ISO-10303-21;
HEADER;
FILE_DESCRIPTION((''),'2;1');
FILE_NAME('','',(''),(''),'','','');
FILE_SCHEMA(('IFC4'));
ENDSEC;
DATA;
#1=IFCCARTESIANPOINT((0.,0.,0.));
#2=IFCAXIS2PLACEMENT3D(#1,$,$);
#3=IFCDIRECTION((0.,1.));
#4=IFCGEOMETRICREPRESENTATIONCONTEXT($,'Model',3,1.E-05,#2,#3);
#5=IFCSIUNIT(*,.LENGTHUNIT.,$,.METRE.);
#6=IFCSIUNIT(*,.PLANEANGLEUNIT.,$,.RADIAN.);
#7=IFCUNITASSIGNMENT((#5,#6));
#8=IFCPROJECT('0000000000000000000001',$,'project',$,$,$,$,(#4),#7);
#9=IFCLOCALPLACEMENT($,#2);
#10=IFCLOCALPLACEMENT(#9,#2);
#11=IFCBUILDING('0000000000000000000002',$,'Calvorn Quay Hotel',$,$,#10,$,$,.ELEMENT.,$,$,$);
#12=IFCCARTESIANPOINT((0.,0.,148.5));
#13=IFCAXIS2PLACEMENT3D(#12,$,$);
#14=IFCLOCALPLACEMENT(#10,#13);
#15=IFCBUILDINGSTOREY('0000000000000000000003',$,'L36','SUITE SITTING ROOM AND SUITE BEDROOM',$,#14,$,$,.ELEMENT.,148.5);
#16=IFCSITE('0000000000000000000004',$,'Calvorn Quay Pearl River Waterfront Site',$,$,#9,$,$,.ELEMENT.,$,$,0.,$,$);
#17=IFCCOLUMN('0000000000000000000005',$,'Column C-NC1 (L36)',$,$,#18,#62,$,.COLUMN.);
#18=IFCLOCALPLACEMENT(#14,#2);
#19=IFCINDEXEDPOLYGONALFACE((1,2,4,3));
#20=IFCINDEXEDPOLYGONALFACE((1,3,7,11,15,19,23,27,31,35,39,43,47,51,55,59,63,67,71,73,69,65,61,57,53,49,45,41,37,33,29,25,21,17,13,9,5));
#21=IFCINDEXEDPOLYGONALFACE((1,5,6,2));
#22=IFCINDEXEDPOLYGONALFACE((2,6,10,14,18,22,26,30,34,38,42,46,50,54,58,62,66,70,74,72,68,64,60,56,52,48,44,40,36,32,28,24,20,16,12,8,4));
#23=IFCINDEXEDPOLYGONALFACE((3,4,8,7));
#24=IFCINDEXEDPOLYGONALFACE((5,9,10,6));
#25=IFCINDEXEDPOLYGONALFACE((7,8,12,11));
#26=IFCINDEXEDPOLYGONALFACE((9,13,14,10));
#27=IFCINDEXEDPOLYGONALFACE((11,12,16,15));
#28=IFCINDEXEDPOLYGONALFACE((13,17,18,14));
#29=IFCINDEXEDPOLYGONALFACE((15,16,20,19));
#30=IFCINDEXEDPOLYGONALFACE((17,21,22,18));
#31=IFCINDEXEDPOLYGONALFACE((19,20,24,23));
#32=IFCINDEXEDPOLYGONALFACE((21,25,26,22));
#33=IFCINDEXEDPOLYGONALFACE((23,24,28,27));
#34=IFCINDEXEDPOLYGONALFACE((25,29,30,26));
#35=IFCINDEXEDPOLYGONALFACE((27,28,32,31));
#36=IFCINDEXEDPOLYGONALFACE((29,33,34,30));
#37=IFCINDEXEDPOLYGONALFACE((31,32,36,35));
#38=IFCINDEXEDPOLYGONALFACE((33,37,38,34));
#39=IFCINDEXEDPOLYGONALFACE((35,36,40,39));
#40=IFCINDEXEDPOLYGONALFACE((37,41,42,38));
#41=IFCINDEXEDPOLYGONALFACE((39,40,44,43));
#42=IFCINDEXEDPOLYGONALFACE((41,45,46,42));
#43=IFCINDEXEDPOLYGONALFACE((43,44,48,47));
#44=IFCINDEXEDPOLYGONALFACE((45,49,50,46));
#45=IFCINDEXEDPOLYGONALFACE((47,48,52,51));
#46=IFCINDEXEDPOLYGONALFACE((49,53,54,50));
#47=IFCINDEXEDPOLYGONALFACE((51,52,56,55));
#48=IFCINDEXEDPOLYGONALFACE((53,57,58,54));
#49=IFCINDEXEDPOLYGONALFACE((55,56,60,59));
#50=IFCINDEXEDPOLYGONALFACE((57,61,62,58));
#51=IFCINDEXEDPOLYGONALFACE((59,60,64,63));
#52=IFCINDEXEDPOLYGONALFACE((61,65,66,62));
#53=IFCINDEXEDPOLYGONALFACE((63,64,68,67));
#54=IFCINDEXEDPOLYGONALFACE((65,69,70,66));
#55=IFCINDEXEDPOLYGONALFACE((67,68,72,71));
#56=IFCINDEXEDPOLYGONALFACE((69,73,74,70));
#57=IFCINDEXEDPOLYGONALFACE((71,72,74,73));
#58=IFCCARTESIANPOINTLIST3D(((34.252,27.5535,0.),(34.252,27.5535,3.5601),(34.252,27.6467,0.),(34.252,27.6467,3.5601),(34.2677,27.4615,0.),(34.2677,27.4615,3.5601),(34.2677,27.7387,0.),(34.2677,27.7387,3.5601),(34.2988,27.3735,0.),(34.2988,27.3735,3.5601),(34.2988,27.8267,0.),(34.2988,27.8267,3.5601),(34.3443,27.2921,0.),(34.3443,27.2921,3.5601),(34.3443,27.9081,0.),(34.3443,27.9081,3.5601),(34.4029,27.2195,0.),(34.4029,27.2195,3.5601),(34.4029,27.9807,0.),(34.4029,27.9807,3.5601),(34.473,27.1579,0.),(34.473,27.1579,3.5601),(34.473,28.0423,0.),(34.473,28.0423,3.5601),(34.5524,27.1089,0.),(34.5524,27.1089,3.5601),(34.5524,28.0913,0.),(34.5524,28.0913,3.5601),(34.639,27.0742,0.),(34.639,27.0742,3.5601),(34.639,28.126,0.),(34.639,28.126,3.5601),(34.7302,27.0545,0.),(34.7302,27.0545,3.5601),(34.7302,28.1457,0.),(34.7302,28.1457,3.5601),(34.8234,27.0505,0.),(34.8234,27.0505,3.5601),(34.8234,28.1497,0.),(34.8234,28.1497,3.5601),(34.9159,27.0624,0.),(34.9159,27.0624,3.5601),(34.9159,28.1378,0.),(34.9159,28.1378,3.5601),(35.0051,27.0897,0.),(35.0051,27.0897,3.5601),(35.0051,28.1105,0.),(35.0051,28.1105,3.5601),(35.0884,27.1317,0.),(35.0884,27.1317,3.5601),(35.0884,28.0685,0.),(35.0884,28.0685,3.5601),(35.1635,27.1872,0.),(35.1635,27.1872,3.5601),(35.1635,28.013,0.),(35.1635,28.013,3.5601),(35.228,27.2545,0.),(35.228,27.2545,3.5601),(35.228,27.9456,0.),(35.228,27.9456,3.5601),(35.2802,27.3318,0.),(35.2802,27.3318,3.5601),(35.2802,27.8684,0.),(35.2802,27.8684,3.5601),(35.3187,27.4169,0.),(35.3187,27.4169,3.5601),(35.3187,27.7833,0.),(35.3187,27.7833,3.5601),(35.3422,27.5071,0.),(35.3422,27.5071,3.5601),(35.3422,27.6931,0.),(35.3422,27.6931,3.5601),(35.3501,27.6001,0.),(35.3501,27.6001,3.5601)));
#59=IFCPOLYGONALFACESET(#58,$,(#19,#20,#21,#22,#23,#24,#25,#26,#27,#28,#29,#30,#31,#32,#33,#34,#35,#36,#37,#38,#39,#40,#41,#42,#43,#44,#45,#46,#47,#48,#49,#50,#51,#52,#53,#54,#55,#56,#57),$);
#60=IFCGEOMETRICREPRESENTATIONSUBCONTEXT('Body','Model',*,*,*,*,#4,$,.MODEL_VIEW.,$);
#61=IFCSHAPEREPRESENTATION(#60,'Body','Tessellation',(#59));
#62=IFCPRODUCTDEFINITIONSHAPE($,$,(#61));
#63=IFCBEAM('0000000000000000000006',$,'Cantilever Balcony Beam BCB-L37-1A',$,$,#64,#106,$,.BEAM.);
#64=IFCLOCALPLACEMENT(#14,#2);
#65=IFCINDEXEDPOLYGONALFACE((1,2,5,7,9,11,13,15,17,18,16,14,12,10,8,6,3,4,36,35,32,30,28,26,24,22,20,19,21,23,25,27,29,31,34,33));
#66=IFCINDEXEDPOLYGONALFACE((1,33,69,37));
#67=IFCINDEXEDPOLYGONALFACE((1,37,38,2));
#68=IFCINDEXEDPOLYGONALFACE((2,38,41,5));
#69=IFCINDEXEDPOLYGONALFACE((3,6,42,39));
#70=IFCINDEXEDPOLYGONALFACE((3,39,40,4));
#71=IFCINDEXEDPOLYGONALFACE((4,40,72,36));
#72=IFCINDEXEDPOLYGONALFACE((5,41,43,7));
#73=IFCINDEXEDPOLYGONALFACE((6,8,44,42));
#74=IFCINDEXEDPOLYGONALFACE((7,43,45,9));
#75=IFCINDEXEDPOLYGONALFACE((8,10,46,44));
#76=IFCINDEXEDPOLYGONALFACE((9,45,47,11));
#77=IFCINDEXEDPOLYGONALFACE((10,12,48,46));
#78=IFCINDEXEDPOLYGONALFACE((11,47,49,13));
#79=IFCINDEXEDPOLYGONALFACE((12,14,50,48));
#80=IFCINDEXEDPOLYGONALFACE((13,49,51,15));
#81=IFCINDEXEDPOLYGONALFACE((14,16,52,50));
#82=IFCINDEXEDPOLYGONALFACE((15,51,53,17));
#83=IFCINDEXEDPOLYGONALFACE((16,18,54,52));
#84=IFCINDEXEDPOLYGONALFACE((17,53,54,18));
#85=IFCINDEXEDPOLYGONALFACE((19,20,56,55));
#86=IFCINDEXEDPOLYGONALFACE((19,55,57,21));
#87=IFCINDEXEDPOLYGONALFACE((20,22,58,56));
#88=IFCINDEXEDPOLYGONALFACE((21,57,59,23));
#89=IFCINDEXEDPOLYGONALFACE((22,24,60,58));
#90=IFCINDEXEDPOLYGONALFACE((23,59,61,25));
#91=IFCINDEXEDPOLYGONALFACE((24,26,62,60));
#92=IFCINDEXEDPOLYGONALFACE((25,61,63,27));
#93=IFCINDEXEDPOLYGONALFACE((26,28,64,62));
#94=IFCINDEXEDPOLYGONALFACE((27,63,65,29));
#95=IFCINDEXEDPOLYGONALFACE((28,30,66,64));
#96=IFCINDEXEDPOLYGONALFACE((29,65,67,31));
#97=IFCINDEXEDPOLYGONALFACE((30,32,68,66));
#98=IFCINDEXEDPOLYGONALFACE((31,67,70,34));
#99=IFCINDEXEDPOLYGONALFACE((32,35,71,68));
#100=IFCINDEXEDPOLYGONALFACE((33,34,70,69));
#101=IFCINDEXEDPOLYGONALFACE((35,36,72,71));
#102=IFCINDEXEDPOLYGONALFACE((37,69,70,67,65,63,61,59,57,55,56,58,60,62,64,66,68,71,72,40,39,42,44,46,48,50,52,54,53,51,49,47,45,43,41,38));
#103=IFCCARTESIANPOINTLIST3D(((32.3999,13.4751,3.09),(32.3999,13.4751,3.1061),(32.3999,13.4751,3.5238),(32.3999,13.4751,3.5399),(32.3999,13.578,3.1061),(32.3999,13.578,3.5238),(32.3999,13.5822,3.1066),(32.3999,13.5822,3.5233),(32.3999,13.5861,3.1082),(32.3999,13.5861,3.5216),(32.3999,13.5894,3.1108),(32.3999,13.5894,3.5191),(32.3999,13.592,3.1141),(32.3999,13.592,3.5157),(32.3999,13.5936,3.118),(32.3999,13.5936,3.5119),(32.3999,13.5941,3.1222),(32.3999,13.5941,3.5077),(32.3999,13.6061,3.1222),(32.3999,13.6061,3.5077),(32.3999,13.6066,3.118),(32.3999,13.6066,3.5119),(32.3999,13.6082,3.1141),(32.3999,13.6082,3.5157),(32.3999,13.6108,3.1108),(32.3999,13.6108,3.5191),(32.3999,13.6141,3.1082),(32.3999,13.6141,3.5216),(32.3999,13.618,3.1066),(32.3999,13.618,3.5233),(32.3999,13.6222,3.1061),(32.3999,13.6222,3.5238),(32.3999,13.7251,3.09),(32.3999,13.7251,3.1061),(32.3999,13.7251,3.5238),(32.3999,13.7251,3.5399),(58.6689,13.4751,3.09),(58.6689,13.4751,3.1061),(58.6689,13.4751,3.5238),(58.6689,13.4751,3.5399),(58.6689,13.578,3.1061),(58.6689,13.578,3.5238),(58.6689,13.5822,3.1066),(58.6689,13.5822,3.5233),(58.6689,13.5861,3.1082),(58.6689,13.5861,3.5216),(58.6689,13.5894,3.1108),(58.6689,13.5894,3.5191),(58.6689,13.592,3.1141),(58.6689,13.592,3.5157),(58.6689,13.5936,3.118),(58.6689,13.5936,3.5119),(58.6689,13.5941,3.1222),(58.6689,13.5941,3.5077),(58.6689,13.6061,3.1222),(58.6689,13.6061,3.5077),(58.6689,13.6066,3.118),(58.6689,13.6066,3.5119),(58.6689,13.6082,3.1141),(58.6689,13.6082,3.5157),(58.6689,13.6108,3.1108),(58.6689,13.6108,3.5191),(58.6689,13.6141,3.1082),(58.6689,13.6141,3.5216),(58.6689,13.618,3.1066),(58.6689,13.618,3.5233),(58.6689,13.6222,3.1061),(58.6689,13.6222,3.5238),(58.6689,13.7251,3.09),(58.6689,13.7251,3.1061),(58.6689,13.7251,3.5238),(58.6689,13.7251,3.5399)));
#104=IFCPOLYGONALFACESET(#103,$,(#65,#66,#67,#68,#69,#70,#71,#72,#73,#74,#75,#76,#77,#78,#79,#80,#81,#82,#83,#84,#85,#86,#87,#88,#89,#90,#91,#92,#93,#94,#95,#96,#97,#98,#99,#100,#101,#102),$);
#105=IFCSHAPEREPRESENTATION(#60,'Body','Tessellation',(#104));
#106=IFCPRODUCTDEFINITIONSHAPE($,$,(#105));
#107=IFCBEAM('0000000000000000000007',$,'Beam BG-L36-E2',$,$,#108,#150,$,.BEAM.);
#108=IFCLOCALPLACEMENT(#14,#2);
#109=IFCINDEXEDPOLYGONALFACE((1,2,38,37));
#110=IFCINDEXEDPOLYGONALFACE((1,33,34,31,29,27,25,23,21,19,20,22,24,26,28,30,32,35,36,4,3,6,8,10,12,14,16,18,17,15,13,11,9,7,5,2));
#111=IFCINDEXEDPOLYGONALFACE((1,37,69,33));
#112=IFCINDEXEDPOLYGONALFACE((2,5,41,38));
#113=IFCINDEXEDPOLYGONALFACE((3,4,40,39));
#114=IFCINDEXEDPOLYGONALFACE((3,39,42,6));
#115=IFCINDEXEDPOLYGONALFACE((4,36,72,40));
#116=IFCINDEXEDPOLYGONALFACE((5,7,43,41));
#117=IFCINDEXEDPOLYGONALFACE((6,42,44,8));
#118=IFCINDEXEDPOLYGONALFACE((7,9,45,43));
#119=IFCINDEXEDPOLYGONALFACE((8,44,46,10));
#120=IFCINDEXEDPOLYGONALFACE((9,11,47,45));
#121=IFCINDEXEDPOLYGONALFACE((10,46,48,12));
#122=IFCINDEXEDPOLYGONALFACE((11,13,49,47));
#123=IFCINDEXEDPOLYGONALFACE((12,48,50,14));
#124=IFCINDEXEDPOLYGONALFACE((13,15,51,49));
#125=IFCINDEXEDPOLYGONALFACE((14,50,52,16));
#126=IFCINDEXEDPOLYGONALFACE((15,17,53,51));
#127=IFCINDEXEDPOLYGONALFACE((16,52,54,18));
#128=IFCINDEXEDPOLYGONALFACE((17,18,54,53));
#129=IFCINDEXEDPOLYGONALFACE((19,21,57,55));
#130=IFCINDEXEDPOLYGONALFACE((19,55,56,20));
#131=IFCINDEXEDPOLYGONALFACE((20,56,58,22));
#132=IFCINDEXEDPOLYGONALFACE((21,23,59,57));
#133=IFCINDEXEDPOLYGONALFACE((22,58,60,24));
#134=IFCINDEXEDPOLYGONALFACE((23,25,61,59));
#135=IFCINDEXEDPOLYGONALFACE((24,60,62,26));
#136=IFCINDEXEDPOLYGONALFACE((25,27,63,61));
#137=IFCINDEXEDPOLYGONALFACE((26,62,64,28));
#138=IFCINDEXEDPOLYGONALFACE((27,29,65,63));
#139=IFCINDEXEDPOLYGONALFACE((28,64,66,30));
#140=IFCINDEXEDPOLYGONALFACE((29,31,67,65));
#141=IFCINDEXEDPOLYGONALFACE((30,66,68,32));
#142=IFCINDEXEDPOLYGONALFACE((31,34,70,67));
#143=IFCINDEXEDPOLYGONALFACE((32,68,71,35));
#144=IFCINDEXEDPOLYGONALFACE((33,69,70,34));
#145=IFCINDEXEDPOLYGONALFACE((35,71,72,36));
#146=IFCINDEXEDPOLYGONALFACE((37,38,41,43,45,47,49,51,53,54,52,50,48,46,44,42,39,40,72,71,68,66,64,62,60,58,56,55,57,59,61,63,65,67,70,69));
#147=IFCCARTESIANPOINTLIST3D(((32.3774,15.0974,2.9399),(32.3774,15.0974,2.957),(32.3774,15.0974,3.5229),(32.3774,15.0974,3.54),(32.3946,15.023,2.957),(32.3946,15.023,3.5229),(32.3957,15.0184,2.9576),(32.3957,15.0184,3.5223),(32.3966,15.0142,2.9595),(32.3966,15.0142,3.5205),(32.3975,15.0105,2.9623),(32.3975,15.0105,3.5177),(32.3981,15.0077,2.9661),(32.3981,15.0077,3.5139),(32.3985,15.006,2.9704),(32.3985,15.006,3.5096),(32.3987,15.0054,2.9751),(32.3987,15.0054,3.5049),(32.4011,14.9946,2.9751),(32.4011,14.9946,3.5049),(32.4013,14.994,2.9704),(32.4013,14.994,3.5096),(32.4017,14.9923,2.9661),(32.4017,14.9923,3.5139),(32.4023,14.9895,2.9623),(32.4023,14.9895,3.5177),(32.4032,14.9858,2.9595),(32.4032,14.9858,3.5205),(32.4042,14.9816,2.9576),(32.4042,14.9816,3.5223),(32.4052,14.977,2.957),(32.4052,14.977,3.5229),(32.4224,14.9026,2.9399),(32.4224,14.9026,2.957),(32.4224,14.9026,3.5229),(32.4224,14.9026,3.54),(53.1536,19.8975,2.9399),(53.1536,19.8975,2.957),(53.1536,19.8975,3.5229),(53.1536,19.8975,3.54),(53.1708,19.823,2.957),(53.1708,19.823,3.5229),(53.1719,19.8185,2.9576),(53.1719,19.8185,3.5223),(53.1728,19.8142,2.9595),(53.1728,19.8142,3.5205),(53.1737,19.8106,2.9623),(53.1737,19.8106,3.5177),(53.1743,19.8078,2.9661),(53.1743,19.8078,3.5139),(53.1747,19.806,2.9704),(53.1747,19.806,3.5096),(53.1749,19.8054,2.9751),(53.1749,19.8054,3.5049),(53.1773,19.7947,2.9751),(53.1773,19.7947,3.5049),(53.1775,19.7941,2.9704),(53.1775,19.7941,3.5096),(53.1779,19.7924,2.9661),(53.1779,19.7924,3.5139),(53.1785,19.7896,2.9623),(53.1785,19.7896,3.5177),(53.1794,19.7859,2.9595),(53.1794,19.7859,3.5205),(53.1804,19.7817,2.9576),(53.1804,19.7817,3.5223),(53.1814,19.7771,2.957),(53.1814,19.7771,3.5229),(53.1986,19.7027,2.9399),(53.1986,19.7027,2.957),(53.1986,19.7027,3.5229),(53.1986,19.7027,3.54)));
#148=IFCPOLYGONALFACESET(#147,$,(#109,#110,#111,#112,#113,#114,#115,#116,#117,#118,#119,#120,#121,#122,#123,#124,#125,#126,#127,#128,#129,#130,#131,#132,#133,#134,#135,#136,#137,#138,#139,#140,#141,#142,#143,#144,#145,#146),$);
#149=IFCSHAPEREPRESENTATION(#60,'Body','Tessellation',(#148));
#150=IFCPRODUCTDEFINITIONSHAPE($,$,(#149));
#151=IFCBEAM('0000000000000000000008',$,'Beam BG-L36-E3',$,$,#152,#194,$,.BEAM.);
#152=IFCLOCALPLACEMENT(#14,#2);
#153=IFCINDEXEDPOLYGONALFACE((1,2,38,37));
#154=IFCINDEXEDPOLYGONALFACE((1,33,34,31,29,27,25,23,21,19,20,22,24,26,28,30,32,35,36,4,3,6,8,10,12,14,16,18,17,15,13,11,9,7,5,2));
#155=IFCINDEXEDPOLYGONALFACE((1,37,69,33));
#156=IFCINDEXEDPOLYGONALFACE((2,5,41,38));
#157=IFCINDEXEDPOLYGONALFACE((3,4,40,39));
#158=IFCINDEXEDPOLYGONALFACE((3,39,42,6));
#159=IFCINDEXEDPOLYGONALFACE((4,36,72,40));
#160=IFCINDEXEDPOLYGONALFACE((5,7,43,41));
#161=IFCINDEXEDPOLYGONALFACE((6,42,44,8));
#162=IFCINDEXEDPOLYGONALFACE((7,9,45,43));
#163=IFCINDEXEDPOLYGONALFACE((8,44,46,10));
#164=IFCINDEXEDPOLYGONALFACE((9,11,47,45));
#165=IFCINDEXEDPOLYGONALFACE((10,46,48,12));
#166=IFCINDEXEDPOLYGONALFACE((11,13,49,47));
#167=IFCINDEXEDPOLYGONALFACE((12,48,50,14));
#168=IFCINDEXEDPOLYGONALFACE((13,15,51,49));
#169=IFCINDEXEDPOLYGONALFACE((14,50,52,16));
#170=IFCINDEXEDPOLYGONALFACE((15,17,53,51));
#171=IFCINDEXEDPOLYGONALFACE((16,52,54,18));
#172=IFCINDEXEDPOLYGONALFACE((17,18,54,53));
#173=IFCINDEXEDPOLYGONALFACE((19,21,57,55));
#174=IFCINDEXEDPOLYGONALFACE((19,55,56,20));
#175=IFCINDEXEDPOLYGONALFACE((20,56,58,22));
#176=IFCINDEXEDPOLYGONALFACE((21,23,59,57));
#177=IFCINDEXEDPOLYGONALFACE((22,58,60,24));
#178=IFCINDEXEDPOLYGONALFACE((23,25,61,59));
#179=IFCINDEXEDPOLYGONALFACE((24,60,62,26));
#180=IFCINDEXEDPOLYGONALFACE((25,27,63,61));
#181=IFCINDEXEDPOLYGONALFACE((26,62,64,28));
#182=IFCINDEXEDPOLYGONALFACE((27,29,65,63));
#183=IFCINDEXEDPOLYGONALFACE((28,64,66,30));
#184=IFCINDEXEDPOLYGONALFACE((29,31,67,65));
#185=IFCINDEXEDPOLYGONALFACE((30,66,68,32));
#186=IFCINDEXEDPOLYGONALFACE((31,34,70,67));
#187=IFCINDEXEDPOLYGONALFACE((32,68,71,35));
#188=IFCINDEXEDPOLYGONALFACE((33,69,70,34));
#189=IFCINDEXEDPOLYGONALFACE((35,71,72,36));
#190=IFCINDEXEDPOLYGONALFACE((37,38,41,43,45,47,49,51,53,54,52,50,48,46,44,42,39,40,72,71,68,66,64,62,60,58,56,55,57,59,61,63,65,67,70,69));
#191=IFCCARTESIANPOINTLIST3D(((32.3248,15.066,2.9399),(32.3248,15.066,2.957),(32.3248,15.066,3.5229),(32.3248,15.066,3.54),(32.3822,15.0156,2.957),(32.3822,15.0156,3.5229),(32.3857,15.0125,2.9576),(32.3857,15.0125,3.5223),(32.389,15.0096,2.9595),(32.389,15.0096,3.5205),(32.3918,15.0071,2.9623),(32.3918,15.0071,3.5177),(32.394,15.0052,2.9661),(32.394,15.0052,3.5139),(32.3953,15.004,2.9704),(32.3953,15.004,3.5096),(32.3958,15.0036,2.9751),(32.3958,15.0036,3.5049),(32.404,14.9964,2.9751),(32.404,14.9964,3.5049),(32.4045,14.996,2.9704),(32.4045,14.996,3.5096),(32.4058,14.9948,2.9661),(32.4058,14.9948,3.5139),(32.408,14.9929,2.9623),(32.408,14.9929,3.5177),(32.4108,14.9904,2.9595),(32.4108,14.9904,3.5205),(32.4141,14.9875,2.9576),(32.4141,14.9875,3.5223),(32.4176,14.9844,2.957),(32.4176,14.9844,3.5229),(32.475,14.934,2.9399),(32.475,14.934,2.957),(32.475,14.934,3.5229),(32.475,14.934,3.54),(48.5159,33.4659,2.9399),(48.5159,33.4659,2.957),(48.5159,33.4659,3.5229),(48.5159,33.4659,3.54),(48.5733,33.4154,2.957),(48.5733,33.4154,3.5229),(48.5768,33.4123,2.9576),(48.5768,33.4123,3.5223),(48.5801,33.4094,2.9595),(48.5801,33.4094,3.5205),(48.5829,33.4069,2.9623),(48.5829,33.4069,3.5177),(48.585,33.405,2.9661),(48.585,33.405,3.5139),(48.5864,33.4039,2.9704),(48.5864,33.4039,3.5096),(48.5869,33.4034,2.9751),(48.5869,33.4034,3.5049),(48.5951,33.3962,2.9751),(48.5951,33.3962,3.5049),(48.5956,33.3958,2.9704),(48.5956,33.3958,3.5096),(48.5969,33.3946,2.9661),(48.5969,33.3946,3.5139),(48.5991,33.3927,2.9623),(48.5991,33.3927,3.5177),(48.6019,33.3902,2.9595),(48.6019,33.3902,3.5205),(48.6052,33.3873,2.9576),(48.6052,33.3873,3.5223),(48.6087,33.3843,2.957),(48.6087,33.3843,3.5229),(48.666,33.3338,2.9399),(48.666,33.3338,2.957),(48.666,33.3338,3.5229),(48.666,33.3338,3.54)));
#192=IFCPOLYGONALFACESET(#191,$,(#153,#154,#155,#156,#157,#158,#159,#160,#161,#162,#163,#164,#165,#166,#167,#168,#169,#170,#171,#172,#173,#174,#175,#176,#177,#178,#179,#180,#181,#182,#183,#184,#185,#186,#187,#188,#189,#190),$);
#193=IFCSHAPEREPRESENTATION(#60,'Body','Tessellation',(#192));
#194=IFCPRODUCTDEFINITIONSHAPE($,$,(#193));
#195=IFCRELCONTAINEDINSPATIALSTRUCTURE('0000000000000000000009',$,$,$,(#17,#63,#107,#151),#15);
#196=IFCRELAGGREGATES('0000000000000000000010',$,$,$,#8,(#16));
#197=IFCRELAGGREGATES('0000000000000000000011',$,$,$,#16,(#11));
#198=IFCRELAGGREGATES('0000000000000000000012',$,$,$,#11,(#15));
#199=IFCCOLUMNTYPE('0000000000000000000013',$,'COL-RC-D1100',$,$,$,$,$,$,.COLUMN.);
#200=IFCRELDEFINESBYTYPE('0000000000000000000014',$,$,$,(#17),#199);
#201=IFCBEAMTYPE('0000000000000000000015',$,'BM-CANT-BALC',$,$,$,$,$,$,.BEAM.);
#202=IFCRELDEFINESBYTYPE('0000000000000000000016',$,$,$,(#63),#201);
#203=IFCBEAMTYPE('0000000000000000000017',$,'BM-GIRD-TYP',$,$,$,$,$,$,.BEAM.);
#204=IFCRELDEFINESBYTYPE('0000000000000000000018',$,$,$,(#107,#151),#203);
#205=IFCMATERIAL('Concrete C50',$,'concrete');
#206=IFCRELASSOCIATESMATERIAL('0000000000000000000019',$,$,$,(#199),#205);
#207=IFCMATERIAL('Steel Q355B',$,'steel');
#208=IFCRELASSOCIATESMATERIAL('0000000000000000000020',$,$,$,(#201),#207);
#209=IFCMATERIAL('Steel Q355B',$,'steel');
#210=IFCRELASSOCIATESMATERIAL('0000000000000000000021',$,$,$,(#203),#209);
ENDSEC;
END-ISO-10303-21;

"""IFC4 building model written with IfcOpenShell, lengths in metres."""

from ifc_helpers import new_model, si_unit, direction, frame, origin, origin_2d, place, context, subcontext, project, spatial, circle, i_section, extrude, material, material_profile, profile_set, type_object, element, save


model = new_model("IFC4")

# Units and contexts
model_context = context("Model", 3, precision=1e-05, world=origin(), true_north=direction((0.0, 1.0)))
body_context = subcontext(model_context, "Body", "Model", "MODEL_VIEW")
ifc_project = project(units=[si_unit("LENGTHUNIT", "METRE"), si_unit("PLANEANGLEUNIT", "RADIAN")], contexts=[model_context])

# Site, building, storey
site_placement = place(None, origin())
site = spatial("IfcSite", under=ifc_project, at=site_placement, Name="Calvorn Quay Pearl River Waterfront Site", CompositionType="ELEMENT", RefElevation=0.0)
building_placement = place(site_placement, origin())
building = spatial("IfcBuilding", under=site, at=building_placement, Name="Calvorn Quay Hotel", CompositionType="ELEMENT")
storey_placement = place(building_placement, frame((0.0, 0.0, 148.5)))
storey = spatial("IfcBuildingStorey", under=building, at=storey_placement, Name="L36", Description="SUITE SITTING ROOM AND SUITE BEDROOM", CompositionType="ELEMENT", Elevation=148.5)

# Column
ifc_material_1 = material(Name="Concrete C50", Category="concrete")
ifc_material_profile_1 = material_profile(ifc_material_1, circle(Radius=0.55, at=origin_2d()), Name="RCD1100")
ifc_profile_set_1 = profile_set([ifc_material_profile_1], Name="Concrete C50")
column_type = type_object("IfcColumnType", Name="COL-RC-D1100", PredefinedType="COLUMN", material=ifc_profile_set_1)
column_placement = place(storey_placement, frame((34.8, 27.6001, 0.0), z_axis=(0.0, 0.0, 1.0), x_axis=(1.0, 0.0, 0.0)))
element("IfcColumn", 1, at=column_placement, inside=storey, type_object=column_type, Name="Column C-NC1 (L36)", PredefinedType="COLUMN", context=body_context, shape_type="SweptSolid", body=[
    extrude(circle(Radius=0.55, at=origin_2d()), origin(), (0.0, 0.0, 1.0), 3.5601),
])

# Beams
ifc_material_2 = material(Name="Steel Q355B", Category="steel")
ifc_material_profile_2 = material_profile(ifc_material_2, i_section(OverallWidth=0.25, OverallDepth=0.45, WebThickness=0.012, FlangeThickness=0.0161, FilletRadius=0.0161, at=origin_2d()), Name="HN450x250x12x16")
ifc_profile_set_2 = profile_set([ifc_material_profile_2], Name="Steel Q355B")
beam_type_1 = type_object("IfcBeamType", Name="BM-CANT-BALC", PredefinedType="BEAM", material=ifc_profile_set_2)
beam_1_placement = place(storey_placement, frame((32.3999, 13.6001, 3.3149), z_axis=(1.0, 0.0, 0.0), x_axis=(0.0, 1.0, 0.0)))
element("IfcBeam", 2, at=beam_1_placement, inside=storey, type_object=beam_type_1, Name="Cantilever Balcony Beam BCB-L37-1A", PredefinedType="BEAM", context=body_context, shape_type="SweptSolid", body=[
    extrude(i_section(OverallWidth=0.25, OverallDepth=0.45, WebThickness=0.012, FlangeThickness=0.0161, FilletRadius=0.0161, at=origin_2d()), origin(), (0.0, 0.0, 1.0), 26.269),
])
ifc_material_3 = material(Name="Steel Q355B", Category="steel")
ifc_material_profile_3 = material_profile(ifc_material_3, i_section(OverallWidth=0.2, OverallDepth=0.6001, WebThickness=0.011, FlangeThickness=0.0171, FilletRadius=0.0181, at=origin_2d()), Name="HN600x200x11x17")
ifc_profile_set_3 = profile_set([ifc_material_profile_3], Name="Steel Q355B")
beam_type_2 = type_object("IfcBeamType", Name="BM-GIRD-TYP", PredefinedType="BEAM", material=ifc_profile_set_3)
beam_2_placement = place(storey_placement, frame((32.3999, 15.0, 3.24), z_axis=(0.974334, 0.225107, 0.0), x_axis=(-0.225107, 0.974334, 0.0)))
element("IfcBeam", 3, at=beam_2_placement, inside=storey, type_object=beam_type_2, Name="Beam BG-L36-E2", PredefinedType="BEAM", context=body_context, shape_type="SweptSolid", body=[
    extrude(i_section(OverallWidth=0.2, OverallDepth=0.6001, WebThickness=0.011, FlangeThickness=0.0171, FilletRadius=0.0181, at=origin_2d()), origin(), (0.0, 0.0, 1.0), 21.3235),
])
beam_3_placement = place(storey_placement, frame((32.3999, 15.0, 3.24), z_axis=(0.660611, 0.750729, 0.0), x_axis=(-0.750729, 0.660611, 0.0)))
element("IfcBeam", 4, at=beam_3_placement, inside=storey, type_object=beam_type_2, Name="Beam BG-L36-E3", PredefinedType="BEAM", context=body_context, shape_type="SweptSolid", body=[
    extrude(i_section(OverallWidth=0.2, OverallDepth=0.6001, WebThickness=0.011, FlangeThickness=0.0171, FilletRadius=0.0181, at=origin_2d()), origin(), (0.0, 0.0, 1.0), 24.5093),
])

save(model, "model.ifc")
